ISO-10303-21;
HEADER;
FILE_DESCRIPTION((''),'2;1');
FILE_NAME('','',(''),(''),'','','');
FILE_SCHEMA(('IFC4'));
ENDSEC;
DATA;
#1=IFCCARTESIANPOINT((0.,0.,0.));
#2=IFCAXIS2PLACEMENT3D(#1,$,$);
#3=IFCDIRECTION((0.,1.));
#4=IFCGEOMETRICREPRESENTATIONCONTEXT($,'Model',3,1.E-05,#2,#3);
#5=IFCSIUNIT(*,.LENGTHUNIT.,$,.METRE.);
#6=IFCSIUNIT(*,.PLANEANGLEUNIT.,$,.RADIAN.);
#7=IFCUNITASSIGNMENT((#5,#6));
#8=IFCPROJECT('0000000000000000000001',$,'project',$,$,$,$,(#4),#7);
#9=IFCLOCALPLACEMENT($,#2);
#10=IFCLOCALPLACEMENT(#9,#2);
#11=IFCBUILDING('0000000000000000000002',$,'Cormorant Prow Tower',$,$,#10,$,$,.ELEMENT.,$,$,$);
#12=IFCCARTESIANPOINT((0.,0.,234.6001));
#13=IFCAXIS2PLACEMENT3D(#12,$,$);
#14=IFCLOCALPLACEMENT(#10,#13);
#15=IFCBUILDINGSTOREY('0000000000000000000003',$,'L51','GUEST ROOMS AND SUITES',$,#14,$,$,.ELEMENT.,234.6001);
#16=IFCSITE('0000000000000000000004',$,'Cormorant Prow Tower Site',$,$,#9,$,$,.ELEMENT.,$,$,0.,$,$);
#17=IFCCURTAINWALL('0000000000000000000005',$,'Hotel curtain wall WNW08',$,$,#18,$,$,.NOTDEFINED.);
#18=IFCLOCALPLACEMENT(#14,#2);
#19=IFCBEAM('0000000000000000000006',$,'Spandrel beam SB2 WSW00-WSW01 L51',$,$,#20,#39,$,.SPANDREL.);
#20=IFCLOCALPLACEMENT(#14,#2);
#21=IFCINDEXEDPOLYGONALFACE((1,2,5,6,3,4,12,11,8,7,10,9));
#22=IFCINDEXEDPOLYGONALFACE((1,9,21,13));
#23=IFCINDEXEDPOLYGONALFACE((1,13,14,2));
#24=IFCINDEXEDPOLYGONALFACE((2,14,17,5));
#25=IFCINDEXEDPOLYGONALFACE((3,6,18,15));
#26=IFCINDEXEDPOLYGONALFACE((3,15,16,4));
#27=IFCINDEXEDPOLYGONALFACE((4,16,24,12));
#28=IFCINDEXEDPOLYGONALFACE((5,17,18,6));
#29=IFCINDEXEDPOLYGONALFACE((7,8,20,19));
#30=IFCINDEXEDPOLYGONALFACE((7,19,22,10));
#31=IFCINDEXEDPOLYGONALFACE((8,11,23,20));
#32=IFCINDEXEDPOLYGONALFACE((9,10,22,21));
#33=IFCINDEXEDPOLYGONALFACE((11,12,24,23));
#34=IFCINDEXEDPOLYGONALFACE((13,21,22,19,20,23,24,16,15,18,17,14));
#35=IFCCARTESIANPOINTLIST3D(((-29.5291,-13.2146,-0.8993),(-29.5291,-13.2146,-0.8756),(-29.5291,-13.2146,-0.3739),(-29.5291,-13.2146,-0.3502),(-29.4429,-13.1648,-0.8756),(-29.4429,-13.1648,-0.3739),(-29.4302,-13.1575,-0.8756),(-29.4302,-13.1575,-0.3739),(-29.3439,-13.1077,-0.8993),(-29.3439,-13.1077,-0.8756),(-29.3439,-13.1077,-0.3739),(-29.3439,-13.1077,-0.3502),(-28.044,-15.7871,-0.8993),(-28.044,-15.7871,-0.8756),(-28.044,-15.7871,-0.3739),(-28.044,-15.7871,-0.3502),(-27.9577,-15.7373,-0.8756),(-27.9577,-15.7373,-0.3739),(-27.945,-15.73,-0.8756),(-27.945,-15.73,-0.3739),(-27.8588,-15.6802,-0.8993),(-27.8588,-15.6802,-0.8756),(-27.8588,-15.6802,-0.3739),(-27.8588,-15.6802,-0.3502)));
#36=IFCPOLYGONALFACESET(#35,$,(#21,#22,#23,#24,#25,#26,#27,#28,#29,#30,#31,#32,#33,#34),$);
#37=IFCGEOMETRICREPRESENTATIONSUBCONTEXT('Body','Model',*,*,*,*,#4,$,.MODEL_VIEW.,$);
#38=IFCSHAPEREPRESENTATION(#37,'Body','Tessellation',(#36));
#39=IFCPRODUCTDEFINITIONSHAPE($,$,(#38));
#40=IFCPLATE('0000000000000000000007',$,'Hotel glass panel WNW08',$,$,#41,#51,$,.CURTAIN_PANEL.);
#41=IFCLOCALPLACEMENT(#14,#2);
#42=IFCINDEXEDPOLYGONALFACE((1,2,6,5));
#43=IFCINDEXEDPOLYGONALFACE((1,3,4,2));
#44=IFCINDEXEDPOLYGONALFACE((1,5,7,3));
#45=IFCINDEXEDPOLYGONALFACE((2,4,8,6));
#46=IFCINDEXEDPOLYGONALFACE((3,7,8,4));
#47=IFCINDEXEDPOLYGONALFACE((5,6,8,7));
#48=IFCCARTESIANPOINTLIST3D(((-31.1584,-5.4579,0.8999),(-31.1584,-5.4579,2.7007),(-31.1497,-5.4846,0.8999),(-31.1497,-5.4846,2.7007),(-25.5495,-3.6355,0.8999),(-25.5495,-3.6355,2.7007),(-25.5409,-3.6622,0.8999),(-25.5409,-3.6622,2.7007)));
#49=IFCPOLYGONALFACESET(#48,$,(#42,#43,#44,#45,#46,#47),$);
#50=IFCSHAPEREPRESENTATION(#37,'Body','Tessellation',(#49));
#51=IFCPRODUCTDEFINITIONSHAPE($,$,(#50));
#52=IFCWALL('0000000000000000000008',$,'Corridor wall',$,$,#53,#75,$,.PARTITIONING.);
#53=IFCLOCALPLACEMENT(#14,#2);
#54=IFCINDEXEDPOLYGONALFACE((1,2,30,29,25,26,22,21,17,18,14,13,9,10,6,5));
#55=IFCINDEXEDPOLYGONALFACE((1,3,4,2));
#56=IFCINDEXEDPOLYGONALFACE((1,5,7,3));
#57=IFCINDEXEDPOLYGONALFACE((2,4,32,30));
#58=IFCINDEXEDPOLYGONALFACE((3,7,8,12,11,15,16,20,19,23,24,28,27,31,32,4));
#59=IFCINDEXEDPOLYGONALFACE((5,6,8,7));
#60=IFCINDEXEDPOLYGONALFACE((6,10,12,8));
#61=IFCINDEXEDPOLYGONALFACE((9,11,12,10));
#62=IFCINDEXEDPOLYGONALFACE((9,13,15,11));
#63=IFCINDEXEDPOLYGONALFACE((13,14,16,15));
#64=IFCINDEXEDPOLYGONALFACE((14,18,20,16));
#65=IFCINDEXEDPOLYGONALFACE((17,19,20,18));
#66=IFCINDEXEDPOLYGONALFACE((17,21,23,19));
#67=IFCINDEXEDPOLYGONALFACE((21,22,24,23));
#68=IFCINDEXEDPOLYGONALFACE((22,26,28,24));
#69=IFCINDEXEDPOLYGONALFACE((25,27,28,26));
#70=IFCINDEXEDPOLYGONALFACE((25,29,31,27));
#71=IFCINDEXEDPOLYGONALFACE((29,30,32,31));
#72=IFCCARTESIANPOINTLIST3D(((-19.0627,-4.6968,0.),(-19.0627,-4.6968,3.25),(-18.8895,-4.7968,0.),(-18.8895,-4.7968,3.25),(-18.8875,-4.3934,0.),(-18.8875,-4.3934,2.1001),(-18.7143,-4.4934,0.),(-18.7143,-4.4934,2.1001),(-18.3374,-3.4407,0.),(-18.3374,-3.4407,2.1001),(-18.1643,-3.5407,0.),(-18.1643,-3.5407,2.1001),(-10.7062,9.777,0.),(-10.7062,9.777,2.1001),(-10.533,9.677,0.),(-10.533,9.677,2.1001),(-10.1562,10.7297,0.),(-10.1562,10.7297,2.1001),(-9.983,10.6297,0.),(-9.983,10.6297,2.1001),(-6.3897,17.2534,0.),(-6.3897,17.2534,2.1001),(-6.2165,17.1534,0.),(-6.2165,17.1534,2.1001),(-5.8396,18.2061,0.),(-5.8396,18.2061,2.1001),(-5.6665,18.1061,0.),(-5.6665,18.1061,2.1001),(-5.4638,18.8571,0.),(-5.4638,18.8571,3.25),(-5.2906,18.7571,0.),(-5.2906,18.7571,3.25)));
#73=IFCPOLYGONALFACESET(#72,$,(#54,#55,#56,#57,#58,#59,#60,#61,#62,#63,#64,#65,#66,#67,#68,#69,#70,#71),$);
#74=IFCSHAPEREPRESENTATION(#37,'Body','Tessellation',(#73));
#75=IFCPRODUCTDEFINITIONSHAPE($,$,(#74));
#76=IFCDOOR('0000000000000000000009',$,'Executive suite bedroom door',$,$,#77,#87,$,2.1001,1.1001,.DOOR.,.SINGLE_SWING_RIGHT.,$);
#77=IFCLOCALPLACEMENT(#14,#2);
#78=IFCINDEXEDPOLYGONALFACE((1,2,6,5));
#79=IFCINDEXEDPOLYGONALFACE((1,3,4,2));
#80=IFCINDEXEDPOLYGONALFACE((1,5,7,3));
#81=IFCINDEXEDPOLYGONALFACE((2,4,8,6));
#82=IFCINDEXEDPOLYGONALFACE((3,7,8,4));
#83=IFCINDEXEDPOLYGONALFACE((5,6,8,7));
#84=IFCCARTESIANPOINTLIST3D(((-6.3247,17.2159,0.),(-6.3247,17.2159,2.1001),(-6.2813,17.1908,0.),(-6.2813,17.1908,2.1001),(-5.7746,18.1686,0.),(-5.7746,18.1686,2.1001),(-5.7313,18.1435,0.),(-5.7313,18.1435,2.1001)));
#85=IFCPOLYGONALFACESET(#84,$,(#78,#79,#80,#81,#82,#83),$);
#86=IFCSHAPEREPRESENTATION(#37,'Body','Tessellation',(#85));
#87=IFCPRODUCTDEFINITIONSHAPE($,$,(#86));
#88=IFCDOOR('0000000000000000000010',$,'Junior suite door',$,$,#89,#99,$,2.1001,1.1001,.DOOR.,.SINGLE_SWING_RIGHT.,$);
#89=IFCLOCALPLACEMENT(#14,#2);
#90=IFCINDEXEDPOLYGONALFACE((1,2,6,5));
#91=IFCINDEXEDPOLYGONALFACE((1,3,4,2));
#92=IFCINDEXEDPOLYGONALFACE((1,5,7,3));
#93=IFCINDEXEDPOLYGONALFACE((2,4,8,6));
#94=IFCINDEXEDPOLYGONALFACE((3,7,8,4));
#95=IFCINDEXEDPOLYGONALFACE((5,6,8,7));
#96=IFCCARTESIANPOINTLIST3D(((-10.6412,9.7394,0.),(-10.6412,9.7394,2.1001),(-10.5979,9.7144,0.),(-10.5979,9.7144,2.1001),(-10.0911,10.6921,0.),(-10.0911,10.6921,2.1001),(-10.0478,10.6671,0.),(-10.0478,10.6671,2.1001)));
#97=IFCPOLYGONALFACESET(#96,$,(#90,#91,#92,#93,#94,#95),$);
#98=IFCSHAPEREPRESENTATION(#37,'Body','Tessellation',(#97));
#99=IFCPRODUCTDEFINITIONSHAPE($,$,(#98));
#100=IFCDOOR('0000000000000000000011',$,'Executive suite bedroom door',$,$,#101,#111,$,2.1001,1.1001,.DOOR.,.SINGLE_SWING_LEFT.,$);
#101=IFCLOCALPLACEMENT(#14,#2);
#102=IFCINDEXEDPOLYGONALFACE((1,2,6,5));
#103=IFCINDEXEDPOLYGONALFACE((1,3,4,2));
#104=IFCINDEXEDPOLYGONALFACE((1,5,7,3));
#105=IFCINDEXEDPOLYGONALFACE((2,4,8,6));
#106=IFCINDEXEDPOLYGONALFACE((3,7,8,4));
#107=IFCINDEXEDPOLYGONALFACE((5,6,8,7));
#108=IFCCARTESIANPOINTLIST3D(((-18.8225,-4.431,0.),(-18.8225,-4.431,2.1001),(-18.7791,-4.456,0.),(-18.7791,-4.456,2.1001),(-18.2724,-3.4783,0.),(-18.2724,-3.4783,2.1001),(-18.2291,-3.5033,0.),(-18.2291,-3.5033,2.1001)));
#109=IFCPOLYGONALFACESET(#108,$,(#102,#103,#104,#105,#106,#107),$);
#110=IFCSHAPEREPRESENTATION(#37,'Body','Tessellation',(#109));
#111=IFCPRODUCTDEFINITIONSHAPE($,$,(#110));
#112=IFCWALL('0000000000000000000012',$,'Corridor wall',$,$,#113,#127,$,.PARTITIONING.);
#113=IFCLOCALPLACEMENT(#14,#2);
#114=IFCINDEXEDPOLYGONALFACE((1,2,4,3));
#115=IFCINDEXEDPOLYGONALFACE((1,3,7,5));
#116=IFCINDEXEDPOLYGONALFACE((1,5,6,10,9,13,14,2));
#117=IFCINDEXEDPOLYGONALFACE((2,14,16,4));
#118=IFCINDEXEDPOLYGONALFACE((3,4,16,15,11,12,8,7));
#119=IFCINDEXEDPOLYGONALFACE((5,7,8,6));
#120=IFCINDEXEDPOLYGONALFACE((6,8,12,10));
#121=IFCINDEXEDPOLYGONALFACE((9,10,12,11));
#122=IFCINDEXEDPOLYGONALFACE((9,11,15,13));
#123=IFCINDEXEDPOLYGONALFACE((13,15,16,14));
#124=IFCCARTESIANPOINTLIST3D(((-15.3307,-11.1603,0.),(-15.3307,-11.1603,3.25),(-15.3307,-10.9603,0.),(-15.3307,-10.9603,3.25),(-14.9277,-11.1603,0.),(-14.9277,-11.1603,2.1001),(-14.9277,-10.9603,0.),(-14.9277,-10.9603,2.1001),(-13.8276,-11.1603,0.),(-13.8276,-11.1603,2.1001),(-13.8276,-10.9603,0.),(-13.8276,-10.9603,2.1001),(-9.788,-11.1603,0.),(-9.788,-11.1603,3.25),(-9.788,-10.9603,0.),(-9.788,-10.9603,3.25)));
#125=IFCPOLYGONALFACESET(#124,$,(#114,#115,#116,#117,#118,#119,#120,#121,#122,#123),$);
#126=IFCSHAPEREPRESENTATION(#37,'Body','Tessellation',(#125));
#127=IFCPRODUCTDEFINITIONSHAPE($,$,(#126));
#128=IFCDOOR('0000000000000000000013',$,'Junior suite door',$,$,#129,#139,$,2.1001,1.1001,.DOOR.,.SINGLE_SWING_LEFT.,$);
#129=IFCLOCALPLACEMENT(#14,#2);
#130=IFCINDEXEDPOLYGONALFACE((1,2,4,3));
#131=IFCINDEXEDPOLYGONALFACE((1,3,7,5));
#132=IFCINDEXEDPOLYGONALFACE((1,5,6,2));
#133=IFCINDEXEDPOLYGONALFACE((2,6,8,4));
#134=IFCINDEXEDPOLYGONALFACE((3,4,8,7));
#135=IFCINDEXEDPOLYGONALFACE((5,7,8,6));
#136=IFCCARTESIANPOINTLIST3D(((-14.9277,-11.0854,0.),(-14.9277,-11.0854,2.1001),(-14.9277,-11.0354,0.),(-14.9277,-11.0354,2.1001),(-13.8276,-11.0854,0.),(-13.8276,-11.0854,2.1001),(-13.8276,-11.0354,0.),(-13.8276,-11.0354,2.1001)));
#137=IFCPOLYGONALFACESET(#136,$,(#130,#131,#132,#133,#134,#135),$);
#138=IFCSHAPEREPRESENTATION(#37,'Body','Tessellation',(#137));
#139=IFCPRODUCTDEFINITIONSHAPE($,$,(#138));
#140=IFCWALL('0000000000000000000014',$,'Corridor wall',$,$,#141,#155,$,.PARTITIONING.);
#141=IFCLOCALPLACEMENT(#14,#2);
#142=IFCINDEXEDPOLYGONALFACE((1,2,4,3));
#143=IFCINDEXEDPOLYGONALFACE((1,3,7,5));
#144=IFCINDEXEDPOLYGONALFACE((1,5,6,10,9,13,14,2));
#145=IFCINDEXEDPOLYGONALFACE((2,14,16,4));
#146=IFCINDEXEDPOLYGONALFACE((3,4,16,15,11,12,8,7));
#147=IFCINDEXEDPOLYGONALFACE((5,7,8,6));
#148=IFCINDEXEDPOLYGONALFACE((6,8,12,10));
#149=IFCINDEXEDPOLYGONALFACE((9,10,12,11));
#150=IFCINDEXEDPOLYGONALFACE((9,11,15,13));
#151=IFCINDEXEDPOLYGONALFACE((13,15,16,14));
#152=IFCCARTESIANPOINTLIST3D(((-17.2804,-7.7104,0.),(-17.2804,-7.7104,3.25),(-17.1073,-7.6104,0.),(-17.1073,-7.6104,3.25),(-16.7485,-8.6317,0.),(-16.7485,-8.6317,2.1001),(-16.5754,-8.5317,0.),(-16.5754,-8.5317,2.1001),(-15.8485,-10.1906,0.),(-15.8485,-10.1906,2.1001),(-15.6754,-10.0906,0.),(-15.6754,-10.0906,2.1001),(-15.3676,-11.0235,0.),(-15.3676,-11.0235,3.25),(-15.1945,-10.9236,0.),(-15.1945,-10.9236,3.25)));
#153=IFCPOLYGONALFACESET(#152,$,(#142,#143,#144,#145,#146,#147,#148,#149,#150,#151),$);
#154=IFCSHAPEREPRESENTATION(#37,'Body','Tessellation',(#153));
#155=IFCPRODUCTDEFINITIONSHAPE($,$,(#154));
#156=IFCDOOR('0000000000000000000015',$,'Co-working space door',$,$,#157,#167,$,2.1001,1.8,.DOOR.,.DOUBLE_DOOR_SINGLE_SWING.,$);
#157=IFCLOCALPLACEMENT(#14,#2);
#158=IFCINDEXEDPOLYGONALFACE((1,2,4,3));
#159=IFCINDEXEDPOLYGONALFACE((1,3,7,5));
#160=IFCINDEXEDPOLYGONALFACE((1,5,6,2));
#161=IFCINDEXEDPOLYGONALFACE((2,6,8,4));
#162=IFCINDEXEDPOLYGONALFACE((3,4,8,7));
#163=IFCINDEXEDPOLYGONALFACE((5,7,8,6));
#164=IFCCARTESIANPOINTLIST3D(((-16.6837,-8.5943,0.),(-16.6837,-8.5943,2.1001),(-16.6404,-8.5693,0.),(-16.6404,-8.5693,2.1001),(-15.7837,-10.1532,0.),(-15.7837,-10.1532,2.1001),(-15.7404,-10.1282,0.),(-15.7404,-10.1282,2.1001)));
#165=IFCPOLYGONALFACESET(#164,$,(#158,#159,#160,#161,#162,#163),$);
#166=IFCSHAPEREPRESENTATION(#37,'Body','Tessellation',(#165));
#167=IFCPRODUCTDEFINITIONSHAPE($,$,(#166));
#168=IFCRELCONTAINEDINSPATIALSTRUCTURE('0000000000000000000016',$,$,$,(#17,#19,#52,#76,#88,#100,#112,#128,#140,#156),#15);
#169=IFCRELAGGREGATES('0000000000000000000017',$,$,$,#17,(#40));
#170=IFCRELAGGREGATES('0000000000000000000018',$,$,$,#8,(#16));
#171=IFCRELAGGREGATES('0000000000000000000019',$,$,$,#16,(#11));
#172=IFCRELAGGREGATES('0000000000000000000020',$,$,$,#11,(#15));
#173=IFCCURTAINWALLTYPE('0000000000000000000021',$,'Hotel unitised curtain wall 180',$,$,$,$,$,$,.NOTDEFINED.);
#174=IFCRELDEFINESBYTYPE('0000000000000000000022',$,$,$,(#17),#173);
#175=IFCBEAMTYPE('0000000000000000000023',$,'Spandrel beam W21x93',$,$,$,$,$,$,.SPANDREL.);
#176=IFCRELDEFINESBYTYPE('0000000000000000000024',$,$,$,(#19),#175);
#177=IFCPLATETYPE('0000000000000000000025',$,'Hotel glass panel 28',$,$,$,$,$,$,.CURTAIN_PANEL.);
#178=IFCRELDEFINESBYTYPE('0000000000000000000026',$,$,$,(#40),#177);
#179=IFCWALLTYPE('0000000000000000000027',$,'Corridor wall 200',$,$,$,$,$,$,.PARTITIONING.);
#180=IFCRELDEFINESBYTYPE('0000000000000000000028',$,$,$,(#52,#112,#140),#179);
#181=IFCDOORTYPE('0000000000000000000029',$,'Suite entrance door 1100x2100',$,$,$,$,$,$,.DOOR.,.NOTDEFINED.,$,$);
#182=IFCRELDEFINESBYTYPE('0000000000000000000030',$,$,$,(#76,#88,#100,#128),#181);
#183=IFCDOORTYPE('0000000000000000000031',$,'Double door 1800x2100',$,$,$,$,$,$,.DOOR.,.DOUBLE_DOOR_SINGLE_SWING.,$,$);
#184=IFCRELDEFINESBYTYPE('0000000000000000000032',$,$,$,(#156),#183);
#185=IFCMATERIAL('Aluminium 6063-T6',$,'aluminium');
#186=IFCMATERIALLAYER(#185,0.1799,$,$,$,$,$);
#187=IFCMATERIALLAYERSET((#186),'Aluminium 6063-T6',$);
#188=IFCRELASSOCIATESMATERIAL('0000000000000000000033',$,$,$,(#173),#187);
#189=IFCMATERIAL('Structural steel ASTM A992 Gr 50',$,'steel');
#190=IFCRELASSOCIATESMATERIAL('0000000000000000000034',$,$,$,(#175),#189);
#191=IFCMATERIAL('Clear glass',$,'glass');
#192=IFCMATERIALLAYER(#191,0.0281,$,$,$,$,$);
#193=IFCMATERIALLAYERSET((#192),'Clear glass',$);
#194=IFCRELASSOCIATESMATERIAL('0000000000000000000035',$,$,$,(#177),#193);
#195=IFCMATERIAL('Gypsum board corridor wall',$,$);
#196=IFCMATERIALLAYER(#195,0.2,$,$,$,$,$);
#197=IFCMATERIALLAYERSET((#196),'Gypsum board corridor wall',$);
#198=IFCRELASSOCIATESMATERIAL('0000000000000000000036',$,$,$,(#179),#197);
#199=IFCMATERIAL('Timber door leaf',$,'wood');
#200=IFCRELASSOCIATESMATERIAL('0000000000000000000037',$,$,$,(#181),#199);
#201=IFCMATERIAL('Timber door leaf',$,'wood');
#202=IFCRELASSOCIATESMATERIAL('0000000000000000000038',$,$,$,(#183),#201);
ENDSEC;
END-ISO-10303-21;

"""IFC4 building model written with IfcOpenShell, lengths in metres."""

from ifc_helpers import new_model, si_unit, direction, frame, frame_2d, origin, origin_2d, place, context, subcontext, project, spatial, rectangle, i_section, extrude, material, layer, layer_set, material_profile, profile_set, type_object, element, fill, aggregate, save


model = new_model("IFC4")

# Units and contexts
model_context = context("Model", 3, precision=1e-05, world=origin(), true_north=direction((0.0, 1.0)))
body_context = subcontext(model_context, "Body", "Model", "MODEL_VIEW")
ifc_project = project(units=[si_unit("LENGTHUNIT", "METRE"), si_unit("PLANEANGLEUNIT", "RADIAN")], contexts=[model_context])

# Site, building, storey
site_placement = place(None, origin())
site = spatial("IfcSite", under=ifc_project, at=site_placement, Name="Cormorant Prow Tower Site", CompositionType="ELEMENT", RefElevation=0.0)
building_placement = place(site_placement, origin())
building = spatial("IfcBuilding", under=site, at=building_placement, Name="Cormorant Prow Tower", CompositionType="ELEMENT")
storey_placement = place(building_placement, frame((0.0, 0.0, 234.6001)))
storey = spatial("IfcBuildingStorey", under=building, at=storey_placement, Name="L51", Description="GUEST ROOMS AND SUITES", CompositionType="ELEMENT", Elevation=234.6001)

# Curtain wall
ifc_material_1 = material(Name="Aluminium 6063-T6", Category="aluminium")
ifc_layer_1 = layer(ifc_material_1, 0.1799)
ifc_layer_set_1 = layer_set([ifc_layer_1], Name="Aluminium 6063-T6")
curtain_wall_type = type_object("IfcCurtainWallType", Name="Hotel unitised curtain wall 180", PredefinedType="NOTDEFINED", material=ifc_layer_set_1)
curtain_wall_placement = place(storey_placement, origin())
curtain_wall = element("IfcCurtainWall", 1, at=curtain_wall_placement, inside=storey, type_object=curtain_wall_type, Name="Hotel curtain wall WNW08", PredefinedType="NOTDEFINED")

# Beam
ifc_material_2 = material(Name="Structural steel ASTM A992 Gr 50", Category="steel")
ifc_material_profile_1 = material_profile(ifc_material_2, i_section(OverallWidth=0.2139, OverallDepth=0.5491, WebThickness=0.0146, FlangeThickness=0.0237, at=origin_2d()), Name="W21x93")
ifc_profile_set_1 = profile_set([ifc_material_profile_1], Name="Structural steel ASTM A992 Gr 50")
beam_type_1 = type_object("IfcBeamType", Name="Spandrel beam W21x93", PredefinedType="SPANDREL", material=ifc_profile_set_1)
beam_1_placement = place(storey_placement, frame((-29.4365, -13.1611, -0.6248), z_axis=(0.499967, -0.866045, 0.0), x_axis=(0.866045, 0.499967, 0.0)))
element("IfcBeam", 2, at=beam_1_placement, inside=storey, type_object=beam_type_1, Name="Spandrel beam SB2 WSW00-WSW01 L51", PredefinedType="SPANDREL", context=body_context, shape_type="SweptSolid", body=[
    extrude(i_section(OverallWidth=0.2139, OverallDepth=0.5491, WebThickness=0.0146, FlangeThickness=0.0237, at=origin_2d()), origin(), (0.0, 0.0, 1.0), 2.9705),
])

# Plate
ifc_material_3 = material(Name="Clear glass", Category="glass")
ifc_layer_2 = layer(ifc_material_3, 0.0281)
ifc_layer_set_2 = layer_set([ifc_layer_2], Name="Clear glass")
plate_type = type_object("IfcPlateType", Name="Hotel glass panel 28", PredefinedType="CURTAIN_PANEL", material=ifc_layer_set_2)
plate_placement = place(storey_placement, frame((-28.3496, -4.5601, 0.8999), z_axis=(0.0, 0.0, 1.0), x_axis=(-0.951057, -0.309017, 0.0)))
plate = element("IfcPlate", 3, at=plate_placement, type_object=plate_type, Name="Hotel glass panel WNW08", PredefinedType="CURTAIN_PANEL", context=body_context, shape_type="SweptSolid", body=[
    extrude(rectangle(XDim=5.8975, YDim=0.0281, at=origin_2d()), origin(), (0.0, 0.0, 1.0), 1.8008),
])
aggregate(curtain_wall, [plate])

# Wall, openings, doors
ifc_material_4 = material(Name="Gypsum board corridor wall")
ifc_layer_3 = layer(ifc_material_4, 0.2)
ifc_layer_set_3 = layer_set([ifc_layer_3], Name="Gypsum board corridor wall")
wall_type_1 = type_object("IfcWallType", Name="Corridor wall 200", PredefinedType="PARTITIONING", material=ifc_layer_set_3)
wall_1_placement = place(storey_placement, frame((-18.9761, -4.7468, 0.0), z_axis=(0.0, 0.0, 1.0), x_axis=(0.5, 0.866025, 0.0)))
wall_1 = element("IfcWall", 4, at=wall_1_placement, inside=storey, type_object=wall_type_1, Name="Corridor wall", PredefinedType="PARTITIONING", context=body_context, shape_type="SweptSolid", body=[
    extrude(rectangle(XDim=27.1978, YDim=0.2, at=frame_2d((13.5989, 0.0))), origin(), (0.0, 0.0, 1.0), 3.25),
])
opening_1_placement = place(wall_1_placement, frame((25.3459, 0.0, 0.0)))
opening_1 = element("IfcOpeningElement", 5, at=opening_1_placement, cuts=wall_1, PredefinedType="OPENING", context=body_context, shape_type="SweptSolid", body=[
    extrude(rectangle(XDim=1.1001, YDim=2.1001, at=frame_2d((0.55, 1.05))), frame((0.0, 0.1099, 0.0), z_axis=(0.0, -1.0, 0.0), x_axis=(1.0, 0.0, 0.0)), (0.0, 0.0, 1.0), 0.22),
])
opening_2_placement = place(wall_1_placement, frame((16.7129, 0.0, 0.0)))
opening_2 = element("IfcOpeningElement", 6, at=opening_2_placement, cuts=wall_1, PredefinedType="OPENING", context=body_context, shape_type="SweptSolid", body=[
    extrude(rectangle(XDim=1.1001, YDim=2.1001, at=frame_2d((0.55, 1.05))), frame((0.0, 0.1099, 0.0), z_axis=(0.0, -1.0, 0.0), x_axis=(1.0, 0.0, 0.0)), (0.0, 0.0, 1.0), 0.22),
])
opening_3_placement = place(wall_1_placement, frame((0.3503, 0.0, 0.0)))
opening_3 = element("IfcOpeningElement", 7, at=opening_3_placement, cuts=wall_1, PredefinedType="OPENING", context=body_context, shape_type="SweptSolid", body=[
    extrude(rectangle(XDim=1.1001, YDim=2.1001, at=frame_2d((0.55, 1.05))), frame((0.0, 0.1099, 0.0), z_axis=(0.0, -1.0, 0.0), x_axis=(1.0, 0.0, 0.0)), (0.0, 0.0, 1.0), 0.22),
])
ifc_material_5 = material(Name="Timber door leaf", Category="wood")
door_type_1 = type_object("IfcDoorType", Name="Suite entrance door 1100x2100", OperationType="NOTDEFINED", PredefinedType="DOOR", material=ifc_material_5)
door_1_placement = place(opening_1_placement, origin())
door_1 = element("IfcDoor", 8, at=door_1_placement, inside=storey, type_object=door_type_1, Name="Executive suite bedroom door", OperationType="SINGLE_SWING_RIGHT", OverallHeight=2.1001, OverallWidth=1.1001, PredefinedType="DOOR", context=body_context, shape_type="SweptSolid", body=[
    extrude(rectangle(XDim=1.1001, YDim=2.1001, at=frame_2d((0.55, 1.05))), frame((0.0, 0.0249, 0.0), z_axis=(0.0, -1.0, 0.0), x_axis=(1.0, 0.0, 0.0)), (0.0, 0.0, 1.0), 0.05),
])
fill(opening_1, door_1)
door_2_placement = place(opening_2_placement, origin())
door_2 = element("IfcDoor", 9, at=door_2_placement, inside=storey, type_object=door_type_1, Name="Junior suite door", OperationType="SINGLE_SWING_RIGHT", OverallHeight=2.1001, OverallWidth=1.1001, PredefinedType="DOOR", context=body_context, shape_type="SweptSolid", body=[
    extrude(rectangle(XDim=1.1001, YDim=2.1001, at=frame_2d((0.55, 1.05))), frame((0.0, 0.0249, 0.0), z_axis=(0.0, -1.0, 0.0), x_axis=(1.0, 0.0, 0.0)), (0.0, 0.0, 1.0), 0.05),
])
fill(opening_2, door_2)
door_3_placement = place(opening_3_placement, origin())
door_3 = element("IfcDoor", 10, at=door_3_placement, inside=storey, type_object=door_type_1, Name="Executive suite bedroom door", OperationType="SINGLE_SWING_LEFT", OverallHeight=2.1001, OverallWidth=1.1001, PredefinedType="DOOR", context=body_context, shape_type="SweptSolid", body=[
    extrude(rectangle(XDim=1.1001, YDim=2.1001, at=frame_2d((0.55, 1.05))), frame((0.0, 0.0249, 0.0), z_axis=(0.0, -1.0, 0.0), x_axis=(1.0, 0.0, 0.0)), (0.0, 0.0, 1.0), 0.05),
])
fill(opening_3, door_3)

# Walls, openings, doors
wall_2_placement = place(storey_placement, frame((-15.3308, -11.0603, 0.0), z_axis=(0.0, 0.0, 1.0), x_axis=(1.0, 0.0, 0.0)))
wall_2 = element("IfcWall", 11, at=wall_2_placement, inside=storey, type_object=wall_type_1, Name="Corridor wall", PredefinedType="PARTITIONING", context=body_context, shape_type="SweptSolid", body=[
    extrude(rectangle(XDim=5.5427, YDim=0.2, at=frame_2d((2.7715, 0.0))), origin(), (0.0, 0.0, 1.0), 3.25),
])
opening_4_placement = place(wall_2_placement, frame((0.4031, 0.0, 0.0)))
opening_4 = element("IfcOpeningElement", 12, at=opening_4_placement, cuts=wall_2, PredefinedType="OPENING", context=body_context, shape_type="SweptSolid", body=[
    extrude(rectangle(XDim=1.1001, YDim=2.1001, at=frame_2d((0.55, 1.05))), frame((0.0, 0.1099, 0.0), z_axis=(0.0, -1.0, 0.0), x_axis=(1.0, 0.0, 0.0)), (0.0, 0.0, 1.0), 0.22),
])
door_4_placement = place(opening_4_placement, origin())
door_4 = element("IfcDoor", 13, at=door_4_placement, inside=storey, type_object=door_type_1, Name="Junior suite door", OperationType="SINGLE_SWING_LEFT", OverallHeight=2.1001, OverallWidth=1.1001, PredefinedType="DOOR", context=body_context, shape_type="SweptSolid", body=[
    extrude(rectangle(XDim=1.1001, YDim=2.1001, at=frame_2d((0.55, 1.05))), frame((0.0, 0.0249, 0.0), z_axis=(0.0, -1.0, 0.0), x_axis=(1.0, 0.0, 0.0)), (0.0, 0.0, 1.0), 0.05),
])
fill(opening_4, door_4)
wall_3_placement = place(storey_placement, frame((-17.1938, -7.6604, 0.0), z_axis=(0.0, 0.0, 1.0), x_axis=(0.499989, -0.866031, 0.0)))
wall_3 = element("IfcWall", 14, at=wall_3_placement, inside=storey, type_object=wall_type_1, Name="Corridor wall", PredefinedType="PARTITIONING", context=body_context, shape_type="SweptSolid", body=[
    extrude(rectangle(XDim=3.8257, YDim=0.2, at=frame_2d((1.9128, 0.0))), origin(), (0.0, 0.0, 1.0), 3.25),
])
opening_5_placement = place(wall_3_placement, frame((1.064, 0.0, 0.0)))
opening_5 = element("IfcOpeningElement", 15, at=opening_5_placement, cuts=wall_3, PredefinedType="OPENING", context=body_context, shape_type="SweptSolid", body=[
    extrude(rectangle(XDim=1.8, YDim=2.1001, at=frame_2d((0.8999, 1.05))), frame((0.0, 0.1099, 0.0), z_axis=(0.0, -1.0, 0.0), x_axis=(1.0, 0.0, 0.0)), (0.0, 0.0, 1.0), 0.22),
])
ifc_material_6 = material(Name="Timber door leaf", Category="wood")
door_type_2 = type_object("IfcDoorType", Name="Double door 1800x2100", OperationType="DOUBLE_DOOR_SINGLE_SWING", PredefinedType="DOOR", material=ifc_material_6)
door_5_placement = place(opening_5_placement, origin())
door_5 = element("IfcDoor", 16, at=door_5_placement, inside=storey, type_object=door_type_2, Name="Co-working space door", OperationType="DOUBLE_DOOR_SINGLE_SWING", OverallHeight=2.1001, OverallWidth=1.8, PredefinedType="DOOR", context=body_context, shape_type="SweptSolid", body=[
    extrude(rectangle(XDim=1.8, YDim=2.1001, at=frame_2d((0.8999, 1.05))), frame((0.0, 0.0249, 0.0), z_axis=(0.0, -1.0, 0.0), x_axis=(1.0, 0.0, 0.0)), (0.0, 0.0, 1.0), 0.05),
])
fill(opening_5, door_5)

save(model, "model.ifc")
